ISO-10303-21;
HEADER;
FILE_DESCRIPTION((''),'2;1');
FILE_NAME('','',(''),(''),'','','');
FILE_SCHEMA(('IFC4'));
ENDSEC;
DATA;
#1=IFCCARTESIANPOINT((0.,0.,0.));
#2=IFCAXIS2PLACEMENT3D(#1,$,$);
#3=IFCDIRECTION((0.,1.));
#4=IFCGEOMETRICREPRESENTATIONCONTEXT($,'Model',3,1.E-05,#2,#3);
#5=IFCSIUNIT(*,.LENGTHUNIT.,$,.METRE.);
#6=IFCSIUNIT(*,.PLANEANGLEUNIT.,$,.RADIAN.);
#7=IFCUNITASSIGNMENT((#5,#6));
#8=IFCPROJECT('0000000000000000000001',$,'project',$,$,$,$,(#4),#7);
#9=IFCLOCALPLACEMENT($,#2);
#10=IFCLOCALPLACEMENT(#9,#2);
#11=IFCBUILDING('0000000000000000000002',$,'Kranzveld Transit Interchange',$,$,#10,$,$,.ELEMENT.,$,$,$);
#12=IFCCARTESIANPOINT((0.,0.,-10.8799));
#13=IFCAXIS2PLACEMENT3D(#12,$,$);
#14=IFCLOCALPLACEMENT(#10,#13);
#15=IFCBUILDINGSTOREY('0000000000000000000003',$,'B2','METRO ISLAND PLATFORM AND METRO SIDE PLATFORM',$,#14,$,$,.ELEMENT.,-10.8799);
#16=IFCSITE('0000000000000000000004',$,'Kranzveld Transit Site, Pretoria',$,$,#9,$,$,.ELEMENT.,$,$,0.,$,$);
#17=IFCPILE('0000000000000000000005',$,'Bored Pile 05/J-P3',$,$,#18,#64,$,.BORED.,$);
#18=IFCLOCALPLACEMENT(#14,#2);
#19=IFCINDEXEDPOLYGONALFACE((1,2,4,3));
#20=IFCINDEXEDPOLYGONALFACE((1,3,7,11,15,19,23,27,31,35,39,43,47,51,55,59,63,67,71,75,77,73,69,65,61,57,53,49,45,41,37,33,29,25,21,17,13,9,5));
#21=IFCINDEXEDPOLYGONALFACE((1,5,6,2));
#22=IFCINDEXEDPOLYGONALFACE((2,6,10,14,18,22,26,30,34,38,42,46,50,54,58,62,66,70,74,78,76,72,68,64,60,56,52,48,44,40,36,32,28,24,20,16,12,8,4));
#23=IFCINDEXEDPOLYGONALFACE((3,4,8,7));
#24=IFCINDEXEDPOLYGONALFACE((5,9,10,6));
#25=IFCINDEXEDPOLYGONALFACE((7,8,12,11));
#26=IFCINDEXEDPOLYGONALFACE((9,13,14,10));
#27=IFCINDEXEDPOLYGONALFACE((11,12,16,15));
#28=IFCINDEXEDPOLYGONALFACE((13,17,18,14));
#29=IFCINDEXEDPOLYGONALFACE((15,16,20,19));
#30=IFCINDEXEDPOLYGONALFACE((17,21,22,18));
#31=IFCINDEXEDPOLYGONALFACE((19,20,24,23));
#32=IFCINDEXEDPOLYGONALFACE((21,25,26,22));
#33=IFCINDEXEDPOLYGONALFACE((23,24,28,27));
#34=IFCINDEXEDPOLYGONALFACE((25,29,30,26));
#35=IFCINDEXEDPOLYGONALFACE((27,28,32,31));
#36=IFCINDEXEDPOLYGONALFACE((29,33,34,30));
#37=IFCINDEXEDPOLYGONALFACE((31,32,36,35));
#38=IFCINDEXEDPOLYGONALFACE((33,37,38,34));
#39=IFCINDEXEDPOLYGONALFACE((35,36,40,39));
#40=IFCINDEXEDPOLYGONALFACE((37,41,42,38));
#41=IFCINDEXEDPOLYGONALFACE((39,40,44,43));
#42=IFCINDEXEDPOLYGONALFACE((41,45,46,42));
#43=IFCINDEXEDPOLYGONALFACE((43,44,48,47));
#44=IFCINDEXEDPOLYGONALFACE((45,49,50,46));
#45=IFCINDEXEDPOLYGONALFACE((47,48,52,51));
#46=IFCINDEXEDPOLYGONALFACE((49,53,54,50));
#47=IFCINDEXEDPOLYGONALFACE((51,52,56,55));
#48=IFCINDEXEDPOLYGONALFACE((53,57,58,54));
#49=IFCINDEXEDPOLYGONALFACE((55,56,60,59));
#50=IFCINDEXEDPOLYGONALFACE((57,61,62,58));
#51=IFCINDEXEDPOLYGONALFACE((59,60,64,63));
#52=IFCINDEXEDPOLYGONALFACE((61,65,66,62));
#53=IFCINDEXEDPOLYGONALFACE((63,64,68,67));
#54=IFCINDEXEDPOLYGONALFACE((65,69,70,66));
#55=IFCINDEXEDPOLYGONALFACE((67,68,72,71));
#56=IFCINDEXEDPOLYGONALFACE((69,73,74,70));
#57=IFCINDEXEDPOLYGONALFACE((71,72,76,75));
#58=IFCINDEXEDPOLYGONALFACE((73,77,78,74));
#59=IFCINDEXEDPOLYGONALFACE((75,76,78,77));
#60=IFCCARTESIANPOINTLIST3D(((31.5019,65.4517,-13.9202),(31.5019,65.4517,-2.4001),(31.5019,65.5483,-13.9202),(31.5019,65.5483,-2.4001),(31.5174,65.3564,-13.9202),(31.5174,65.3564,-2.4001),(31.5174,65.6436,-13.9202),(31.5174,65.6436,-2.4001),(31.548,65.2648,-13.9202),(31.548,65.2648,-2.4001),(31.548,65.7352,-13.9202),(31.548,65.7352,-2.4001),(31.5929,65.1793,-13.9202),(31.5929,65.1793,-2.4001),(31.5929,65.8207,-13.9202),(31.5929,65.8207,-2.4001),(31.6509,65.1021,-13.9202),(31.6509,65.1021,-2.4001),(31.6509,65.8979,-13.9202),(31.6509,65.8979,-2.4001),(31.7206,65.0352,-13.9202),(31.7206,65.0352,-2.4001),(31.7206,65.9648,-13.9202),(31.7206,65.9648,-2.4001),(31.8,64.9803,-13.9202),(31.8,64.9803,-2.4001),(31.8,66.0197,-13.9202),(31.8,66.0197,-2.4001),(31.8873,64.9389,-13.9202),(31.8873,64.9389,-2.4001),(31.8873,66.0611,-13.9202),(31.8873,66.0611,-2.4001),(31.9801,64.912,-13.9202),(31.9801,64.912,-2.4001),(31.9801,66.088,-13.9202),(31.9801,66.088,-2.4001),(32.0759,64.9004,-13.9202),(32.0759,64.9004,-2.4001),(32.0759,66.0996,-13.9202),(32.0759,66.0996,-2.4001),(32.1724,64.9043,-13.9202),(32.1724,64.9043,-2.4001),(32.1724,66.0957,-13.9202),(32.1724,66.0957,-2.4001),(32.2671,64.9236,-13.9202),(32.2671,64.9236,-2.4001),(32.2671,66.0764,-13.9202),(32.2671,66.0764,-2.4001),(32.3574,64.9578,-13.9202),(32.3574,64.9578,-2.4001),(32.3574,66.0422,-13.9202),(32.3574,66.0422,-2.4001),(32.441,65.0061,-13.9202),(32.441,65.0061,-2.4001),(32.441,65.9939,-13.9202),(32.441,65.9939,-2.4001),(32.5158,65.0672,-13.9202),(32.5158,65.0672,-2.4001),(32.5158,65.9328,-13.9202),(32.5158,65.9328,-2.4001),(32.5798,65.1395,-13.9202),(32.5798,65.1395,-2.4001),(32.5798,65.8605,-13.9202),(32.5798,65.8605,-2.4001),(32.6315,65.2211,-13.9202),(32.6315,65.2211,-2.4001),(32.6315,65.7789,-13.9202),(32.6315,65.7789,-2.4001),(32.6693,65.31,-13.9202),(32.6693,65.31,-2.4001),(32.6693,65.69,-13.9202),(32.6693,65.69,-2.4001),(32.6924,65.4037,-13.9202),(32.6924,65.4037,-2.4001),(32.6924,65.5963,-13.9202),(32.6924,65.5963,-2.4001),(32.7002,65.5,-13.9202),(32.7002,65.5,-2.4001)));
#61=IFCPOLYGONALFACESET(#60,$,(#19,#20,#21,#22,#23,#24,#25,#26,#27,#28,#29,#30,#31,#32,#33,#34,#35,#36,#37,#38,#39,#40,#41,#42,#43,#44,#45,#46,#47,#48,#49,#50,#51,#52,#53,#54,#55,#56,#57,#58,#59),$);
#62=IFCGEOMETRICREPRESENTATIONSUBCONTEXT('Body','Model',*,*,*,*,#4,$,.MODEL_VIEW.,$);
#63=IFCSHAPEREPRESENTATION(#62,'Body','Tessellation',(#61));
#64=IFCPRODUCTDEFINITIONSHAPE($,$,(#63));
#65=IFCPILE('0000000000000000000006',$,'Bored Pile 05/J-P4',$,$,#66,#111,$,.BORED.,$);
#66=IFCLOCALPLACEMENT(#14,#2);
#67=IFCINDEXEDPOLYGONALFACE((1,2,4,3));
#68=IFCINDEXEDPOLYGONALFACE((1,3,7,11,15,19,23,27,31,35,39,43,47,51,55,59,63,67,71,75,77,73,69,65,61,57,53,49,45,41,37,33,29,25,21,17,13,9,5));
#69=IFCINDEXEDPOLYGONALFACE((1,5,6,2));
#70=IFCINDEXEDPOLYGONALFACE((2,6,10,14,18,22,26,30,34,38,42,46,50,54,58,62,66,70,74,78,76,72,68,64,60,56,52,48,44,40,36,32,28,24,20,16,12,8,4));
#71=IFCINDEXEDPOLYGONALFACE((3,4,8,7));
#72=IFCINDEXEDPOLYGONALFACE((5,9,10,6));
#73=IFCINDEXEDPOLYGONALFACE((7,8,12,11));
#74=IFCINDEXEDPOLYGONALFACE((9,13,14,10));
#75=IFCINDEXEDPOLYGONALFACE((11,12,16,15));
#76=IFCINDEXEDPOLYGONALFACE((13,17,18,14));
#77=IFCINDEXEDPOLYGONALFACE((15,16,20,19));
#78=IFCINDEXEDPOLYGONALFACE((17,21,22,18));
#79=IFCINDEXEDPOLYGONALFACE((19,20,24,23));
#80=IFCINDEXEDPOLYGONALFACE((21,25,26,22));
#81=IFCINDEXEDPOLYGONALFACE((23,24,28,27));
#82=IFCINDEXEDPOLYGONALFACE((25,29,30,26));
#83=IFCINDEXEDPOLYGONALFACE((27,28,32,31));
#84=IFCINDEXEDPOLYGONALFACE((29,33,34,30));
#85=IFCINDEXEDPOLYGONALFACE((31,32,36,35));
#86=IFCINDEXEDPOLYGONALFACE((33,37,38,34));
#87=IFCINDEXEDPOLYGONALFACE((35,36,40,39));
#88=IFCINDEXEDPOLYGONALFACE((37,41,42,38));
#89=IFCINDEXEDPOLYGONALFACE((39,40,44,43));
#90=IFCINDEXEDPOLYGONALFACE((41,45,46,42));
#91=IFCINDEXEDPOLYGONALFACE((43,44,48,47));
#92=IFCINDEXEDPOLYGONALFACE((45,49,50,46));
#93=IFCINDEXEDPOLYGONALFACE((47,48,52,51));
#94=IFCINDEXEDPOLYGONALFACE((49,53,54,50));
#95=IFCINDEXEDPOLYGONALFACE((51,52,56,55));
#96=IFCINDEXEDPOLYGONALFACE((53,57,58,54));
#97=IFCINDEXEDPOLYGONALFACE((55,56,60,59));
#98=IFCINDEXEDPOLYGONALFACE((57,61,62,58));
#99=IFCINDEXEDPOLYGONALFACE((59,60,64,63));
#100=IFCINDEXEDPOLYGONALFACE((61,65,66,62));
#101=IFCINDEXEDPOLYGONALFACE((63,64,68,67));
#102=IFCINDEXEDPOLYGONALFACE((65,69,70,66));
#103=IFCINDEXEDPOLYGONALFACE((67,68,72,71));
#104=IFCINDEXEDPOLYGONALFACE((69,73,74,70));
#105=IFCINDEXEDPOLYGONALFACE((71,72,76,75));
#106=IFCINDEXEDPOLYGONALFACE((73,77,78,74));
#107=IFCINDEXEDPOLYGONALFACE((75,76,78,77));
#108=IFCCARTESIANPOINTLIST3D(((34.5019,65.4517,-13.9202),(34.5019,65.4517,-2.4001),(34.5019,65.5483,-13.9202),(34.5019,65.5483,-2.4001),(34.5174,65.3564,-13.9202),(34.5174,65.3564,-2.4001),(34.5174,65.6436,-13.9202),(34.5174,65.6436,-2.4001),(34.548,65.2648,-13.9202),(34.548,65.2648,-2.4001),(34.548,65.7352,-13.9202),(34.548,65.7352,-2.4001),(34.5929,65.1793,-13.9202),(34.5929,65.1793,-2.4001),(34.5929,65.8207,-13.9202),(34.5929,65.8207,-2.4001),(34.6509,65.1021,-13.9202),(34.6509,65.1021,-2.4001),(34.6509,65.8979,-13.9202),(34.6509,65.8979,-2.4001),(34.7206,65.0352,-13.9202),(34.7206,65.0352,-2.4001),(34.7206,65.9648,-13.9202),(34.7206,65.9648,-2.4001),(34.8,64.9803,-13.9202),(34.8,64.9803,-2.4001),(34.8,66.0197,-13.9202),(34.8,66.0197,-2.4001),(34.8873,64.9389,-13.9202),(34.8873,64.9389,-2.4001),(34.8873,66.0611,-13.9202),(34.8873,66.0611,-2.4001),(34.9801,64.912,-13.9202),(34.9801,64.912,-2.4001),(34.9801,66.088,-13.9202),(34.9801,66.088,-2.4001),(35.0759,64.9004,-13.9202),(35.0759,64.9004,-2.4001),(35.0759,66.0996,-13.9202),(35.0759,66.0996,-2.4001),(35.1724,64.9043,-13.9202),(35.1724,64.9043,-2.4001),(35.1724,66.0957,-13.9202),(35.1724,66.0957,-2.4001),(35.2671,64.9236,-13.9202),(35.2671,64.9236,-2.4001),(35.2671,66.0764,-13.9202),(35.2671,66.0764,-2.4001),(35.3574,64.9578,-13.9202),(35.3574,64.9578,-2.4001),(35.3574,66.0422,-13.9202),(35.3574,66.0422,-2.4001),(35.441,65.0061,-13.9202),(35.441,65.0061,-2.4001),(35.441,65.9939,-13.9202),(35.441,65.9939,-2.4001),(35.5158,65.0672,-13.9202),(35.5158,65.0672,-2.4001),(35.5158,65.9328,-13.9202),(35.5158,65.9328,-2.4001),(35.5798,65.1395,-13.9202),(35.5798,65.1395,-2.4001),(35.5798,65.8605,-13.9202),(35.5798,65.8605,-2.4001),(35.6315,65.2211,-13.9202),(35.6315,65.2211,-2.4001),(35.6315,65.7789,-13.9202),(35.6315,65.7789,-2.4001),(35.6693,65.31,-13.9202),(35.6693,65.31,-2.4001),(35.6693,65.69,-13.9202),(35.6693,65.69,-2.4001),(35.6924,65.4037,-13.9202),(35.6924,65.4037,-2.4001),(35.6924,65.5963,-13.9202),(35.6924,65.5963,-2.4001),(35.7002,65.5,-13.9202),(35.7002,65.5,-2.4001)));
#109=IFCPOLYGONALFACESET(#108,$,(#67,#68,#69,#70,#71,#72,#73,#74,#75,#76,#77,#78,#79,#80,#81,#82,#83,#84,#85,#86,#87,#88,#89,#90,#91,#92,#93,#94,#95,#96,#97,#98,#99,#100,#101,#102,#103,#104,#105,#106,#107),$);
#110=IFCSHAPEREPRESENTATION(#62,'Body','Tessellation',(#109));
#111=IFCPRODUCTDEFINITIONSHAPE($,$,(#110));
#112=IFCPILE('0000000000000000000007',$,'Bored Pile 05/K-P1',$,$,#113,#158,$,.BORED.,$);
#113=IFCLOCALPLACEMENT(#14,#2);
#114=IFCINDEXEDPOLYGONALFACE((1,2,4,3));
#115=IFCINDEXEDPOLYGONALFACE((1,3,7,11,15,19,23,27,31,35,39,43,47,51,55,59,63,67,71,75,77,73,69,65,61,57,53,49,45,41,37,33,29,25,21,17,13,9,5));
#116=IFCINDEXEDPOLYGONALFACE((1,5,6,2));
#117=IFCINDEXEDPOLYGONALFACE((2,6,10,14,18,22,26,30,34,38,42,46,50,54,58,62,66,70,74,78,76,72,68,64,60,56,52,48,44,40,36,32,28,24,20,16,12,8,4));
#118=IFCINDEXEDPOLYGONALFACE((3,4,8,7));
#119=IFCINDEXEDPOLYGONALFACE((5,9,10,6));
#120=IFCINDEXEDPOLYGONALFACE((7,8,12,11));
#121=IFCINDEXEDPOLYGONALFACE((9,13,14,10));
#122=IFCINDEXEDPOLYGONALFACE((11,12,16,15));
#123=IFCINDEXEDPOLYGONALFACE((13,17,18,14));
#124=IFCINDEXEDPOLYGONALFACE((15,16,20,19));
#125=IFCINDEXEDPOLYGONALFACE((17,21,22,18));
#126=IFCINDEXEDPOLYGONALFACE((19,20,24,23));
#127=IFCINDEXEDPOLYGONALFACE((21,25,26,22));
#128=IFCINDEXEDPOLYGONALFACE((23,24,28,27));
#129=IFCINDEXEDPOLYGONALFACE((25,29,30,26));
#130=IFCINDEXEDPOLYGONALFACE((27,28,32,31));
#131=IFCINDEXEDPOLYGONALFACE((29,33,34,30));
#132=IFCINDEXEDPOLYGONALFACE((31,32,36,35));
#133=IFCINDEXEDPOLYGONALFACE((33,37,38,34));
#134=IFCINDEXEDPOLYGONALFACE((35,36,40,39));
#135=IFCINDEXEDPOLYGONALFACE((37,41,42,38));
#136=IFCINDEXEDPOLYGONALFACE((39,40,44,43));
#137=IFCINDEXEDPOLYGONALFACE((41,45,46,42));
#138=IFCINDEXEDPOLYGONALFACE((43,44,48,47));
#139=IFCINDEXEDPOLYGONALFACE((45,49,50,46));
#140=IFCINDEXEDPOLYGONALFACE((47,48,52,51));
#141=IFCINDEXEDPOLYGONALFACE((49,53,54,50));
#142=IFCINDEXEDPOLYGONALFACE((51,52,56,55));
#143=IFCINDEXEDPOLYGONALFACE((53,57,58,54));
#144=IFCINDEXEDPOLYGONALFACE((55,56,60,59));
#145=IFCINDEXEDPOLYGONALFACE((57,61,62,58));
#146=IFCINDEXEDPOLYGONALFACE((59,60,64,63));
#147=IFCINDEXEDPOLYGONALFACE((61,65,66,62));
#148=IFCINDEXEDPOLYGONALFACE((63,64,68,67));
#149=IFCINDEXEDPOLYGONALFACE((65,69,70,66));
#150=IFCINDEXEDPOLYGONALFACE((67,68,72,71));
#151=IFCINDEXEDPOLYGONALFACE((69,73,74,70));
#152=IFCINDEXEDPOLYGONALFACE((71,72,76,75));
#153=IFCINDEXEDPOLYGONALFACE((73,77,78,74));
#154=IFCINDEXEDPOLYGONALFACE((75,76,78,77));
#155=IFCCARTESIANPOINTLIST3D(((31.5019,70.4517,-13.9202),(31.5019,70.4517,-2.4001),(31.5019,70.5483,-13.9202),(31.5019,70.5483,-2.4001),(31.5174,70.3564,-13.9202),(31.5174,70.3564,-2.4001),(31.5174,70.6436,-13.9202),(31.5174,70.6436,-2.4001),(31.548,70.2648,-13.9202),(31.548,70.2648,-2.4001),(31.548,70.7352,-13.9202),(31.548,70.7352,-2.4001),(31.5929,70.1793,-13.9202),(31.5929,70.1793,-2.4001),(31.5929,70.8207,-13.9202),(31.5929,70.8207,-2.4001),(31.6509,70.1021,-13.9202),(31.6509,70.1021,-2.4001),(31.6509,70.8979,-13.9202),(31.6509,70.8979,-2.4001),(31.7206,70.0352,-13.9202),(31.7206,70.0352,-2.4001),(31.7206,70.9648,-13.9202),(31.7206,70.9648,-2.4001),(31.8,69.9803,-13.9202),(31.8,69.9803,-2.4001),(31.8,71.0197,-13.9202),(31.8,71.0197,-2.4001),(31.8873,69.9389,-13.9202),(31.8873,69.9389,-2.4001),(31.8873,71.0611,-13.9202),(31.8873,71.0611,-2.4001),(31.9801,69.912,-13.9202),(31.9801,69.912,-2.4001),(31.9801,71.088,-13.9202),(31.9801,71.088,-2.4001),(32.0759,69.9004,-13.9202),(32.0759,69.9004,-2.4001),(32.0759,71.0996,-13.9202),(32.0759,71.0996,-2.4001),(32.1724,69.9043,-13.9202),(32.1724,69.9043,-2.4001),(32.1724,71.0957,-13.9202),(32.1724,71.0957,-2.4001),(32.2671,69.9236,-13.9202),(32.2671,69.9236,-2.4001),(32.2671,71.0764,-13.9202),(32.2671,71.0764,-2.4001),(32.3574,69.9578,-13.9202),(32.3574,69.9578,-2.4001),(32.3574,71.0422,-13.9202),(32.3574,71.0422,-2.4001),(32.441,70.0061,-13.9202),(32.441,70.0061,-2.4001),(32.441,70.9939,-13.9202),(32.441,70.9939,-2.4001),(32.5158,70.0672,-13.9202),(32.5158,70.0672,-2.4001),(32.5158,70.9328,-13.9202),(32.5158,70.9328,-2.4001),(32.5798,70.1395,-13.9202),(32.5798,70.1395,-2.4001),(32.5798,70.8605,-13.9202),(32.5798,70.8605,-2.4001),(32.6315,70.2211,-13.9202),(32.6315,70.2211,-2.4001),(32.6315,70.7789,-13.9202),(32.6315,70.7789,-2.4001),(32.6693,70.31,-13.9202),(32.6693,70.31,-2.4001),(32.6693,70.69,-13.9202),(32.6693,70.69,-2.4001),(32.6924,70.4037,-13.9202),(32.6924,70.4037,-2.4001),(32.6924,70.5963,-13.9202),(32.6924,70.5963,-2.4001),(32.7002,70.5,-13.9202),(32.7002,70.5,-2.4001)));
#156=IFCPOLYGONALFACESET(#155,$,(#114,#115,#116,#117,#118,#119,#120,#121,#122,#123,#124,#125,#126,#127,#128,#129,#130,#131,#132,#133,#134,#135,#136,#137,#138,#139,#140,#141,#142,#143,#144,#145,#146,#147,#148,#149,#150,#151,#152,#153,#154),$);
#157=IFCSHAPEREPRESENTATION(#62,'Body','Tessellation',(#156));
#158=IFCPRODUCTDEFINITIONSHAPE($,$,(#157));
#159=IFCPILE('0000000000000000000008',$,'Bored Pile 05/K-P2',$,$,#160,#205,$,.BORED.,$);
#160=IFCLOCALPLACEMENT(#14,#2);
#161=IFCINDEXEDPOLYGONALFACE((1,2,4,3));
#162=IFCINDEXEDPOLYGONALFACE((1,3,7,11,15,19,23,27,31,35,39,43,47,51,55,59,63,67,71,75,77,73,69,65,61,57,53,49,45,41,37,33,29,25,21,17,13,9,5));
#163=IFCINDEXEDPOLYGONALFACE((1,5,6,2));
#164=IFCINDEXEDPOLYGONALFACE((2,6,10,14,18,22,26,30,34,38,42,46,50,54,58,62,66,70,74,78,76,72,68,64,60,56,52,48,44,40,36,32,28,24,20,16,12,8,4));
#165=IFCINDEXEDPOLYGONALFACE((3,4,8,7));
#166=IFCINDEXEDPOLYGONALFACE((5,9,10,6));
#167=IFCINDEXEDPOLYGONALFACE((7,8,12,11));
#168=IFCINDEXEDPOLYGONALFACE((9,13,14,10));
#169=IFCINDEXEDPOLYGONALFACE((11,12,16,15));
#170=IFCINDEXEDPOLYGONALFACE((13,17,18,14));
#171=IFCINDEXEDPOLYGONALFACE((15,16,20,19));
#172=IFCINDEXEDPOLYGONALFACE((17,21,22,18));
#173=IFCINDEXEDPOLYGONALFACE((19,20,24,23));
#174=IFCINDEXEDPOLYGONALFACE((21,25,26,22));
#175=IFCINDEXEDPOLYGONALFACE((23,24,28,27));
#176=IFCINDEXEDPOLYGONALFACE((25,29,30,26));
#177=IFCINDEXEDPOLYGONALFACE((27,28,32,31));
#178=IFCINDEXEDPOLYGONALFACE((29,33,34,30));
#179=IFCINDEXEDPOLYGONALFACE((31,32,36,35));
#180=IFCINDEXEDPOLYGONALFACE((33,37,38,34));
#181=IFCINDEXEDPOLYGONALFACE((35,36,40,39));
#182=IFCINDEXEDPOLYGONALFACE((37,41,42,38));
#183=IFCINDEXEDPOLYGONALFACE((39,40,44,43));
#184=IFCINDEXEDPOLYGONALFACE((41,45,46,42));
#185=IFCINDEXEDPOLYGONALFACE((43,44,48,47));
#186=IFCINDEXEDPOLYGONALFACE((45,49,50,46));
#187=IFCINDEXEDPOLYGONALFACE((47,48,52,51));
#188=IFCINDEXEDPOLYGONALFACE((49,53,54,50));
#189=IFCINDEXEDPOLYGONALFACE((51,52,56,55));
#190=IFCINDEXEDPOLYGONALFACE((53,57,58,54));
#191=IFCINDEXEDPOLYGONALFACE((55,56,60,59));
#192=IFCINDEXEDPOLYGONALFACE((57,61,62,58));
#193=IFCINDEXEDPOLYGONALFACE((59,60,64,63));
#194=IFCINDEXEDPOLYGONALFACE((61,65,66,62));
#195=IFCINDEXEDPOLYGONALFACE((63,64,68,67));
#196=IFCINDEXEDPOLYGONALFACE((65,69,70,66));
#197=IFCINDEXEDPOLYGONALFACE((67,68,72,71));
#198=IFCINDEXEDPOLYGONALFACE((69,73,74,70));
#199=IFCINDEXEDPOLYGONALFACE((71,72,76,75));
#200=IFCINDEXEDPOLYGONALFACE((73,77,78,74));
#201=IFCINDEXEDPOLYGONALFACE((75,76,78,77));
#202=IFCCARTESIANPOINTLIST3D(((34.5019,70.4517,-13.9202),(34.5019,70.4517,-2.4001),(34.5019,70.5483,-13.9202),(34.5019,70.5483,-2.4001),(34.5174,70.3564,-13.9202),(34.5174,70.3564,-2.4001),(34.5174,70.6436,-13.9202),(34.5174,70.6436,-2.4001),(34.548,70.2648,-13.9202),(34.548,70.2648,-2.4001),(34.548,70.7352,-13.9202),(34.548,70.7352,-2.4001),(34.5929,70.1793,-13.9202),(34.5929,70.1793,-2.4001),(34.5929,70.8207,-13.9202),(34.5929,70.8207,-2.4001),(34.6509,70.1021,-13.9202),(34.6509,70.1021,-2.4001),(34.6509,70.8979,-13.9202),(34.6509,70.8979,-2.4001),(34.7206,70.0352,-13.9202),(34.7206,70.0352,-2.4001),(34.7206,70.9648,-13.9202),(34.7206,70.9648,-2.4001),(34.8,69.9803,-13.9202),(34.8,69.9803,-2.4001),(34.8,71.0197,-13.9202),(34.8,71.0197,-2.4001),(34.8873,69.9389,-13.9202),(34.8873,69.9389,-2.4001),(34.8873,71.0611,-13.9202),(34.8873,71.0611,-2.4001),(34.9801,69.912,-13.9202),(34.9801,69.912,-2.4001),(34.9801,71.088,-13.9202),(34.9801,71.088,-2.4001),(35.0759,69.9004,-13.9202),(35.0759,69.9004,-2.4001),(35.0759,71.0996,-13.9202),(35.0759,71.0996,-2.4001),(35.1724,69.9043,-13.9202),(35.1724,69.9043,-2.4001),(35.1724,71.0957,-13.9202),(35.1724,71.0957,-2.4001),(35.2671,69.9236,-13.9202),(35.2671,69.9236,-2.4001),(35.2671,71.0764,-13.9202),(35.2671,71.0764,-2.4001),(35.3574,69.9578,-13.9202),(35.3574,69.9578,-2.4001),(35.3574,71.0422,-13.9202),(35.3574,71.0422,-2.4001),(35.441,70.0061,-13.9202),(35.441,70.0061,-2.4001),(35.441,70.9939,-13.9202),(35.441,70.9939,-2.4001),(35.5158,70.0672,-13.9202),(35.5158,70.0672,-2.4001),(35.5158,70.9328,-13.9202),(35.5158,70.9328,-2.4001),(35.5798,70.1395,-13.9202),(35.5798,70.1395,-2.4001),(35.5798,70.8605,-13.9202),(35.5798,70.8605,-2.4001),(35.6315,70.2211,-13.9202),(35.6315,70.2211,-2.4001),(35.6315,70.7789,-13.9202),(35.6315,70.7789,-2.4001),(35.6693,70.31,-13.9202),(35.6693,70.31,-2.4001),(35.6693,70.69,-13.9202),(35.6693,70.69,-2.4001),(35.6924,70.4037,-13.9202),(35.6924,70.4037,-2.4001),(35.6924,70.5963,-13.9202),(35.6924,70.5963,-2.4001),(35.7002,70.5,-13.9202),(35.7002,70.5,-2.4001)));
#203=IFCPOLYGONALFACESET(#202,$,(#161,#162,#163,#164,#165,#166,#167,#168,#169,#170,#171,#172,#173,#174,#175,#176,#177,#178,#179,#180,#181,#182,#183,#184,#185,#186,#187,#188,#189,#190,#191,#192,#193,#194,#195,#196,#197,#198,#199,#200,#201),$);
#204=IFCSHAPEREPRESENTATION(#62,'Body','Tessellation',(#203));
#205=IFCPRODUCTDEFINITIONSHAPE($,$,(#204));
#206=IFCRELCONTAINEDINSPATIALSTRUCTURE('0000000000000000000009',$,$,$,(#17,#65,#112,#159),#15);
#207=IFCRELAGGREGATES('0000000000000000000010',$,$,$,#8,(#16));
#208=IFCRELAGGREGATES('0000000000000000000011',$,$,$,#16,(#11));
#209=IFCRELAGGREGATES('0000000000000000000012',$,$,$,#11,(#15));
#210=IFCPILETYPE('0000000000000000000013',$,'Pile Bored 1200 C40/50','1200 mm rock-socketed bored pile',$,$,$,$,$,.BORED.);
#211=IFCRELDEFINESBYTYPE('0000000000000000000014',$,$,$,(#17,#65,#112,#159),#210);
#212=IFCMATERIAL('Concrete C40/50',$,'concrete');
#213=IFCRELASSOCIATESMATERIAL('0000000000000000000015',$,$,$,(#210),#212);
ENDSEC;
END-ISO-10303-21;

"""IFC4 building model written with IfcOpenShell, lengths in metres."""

from ifc_helpers import new_model, si_unit, direction, frame, origin, origin_2d, place, context, subcontext, project, spatial, circle, extrude, material, material_profile, profile_set, type_object, element, save


model = new_model("IFC4")

# Units and contexts
model_context = context("Model", 3, precision=1e-05, world=origin(), true_north=direction((0.0, 1.0)))
body_context = subcontext(model_context, "Body", "Model", "MODEL_VIEW")
ifc_project = project(units=[si_unit("LENGTHUNIT", "METRE"), si_unit("PLANEANGLEUNIT", "RADIAN")], contexts=[model_context])

# Site, building, storey
site_placement = place(None, origin())
site = spatial("IfcSite", under=ifc_project, at=site_placement, Name="Kranzveld Transit Site, Pretoria", CompositionType="ELEMENT", RefElevation=0.0)
building_placement = place(site_placement, origin())
building = spatial("IfcBuilding", under=site, at=building_placement, Name="Kranzveld Transit Interchange", CompositionType="ELEMENT")
storey_placement = place(building_placement, frame((0.0, 0.0, -10.8799)))
storey = spatial("IfcBuildingStorey", under=building, at=storey_placement, Name="B2", Description="METRO ISLAND PLATFORM AND METRO SIDE PLATFORM", CompositionType="ELEMENT", Elevation=-10.8799)

# Piles
ifc_material_1 = material(Name="Concrete C40/50", Category="concrete")
ifc_material_profile_1 = material_profile(ifc_material_1, circle(Radius=0.6001, at=origin_2d()), Name="BORED PILE 1200")
ifc_profile_set_1 = profile_set([ifc_material_profile_1], Name="Concrete C40/50")
pile_type_1 = type_object("IfcPileType", Name="Pile Bored 1200 C40/50", Description="1200 mm rock-socketed bored pile", PredefinedType="BORED", material=ifc_profile_set_1)
for number, where, z_axis, x_axis, name in (
    (1, (32.1001, 65.5, -2.4001), (0.0, 0.0, -1.0), (1.0, 0.0, 0.0), "Bored Pile 05/J-P3"),
    (2, (35.1001, 65.5, -2.4001), (0.0, 0.0, -1.0), (1.0, 0.0, 0.0), "Bored Pile 05/J-P4"),
    (3, (32.1001, 70.5, -2.4001), (0.0, 0.0, -1.0), (1.0, 0.0, 0.0), "Bored Pile 05/K-P1"),
    (4, (35.1001, 70.5, -2.4001), (0.0, 0.0, -1.0), (1.0, 0.0, 0.0), "Bored Pile 05/K-P2"),
):
    element("IfcPile", number, at=place(storey_placement, frame(where, z_axis=z_axis, x_axis=x_axis)), inside=storey, type_object=pile_type_1, Name=name, PredefinedType="BORED", context=body_context, shape_type="SweptSolid", body=[
        extrude(circle(Radius=0.6001, at=origin_2d()), origin(), (0.0, 0.0, 1.0), 11.52),
    ])

save(model, "model.ifc")
